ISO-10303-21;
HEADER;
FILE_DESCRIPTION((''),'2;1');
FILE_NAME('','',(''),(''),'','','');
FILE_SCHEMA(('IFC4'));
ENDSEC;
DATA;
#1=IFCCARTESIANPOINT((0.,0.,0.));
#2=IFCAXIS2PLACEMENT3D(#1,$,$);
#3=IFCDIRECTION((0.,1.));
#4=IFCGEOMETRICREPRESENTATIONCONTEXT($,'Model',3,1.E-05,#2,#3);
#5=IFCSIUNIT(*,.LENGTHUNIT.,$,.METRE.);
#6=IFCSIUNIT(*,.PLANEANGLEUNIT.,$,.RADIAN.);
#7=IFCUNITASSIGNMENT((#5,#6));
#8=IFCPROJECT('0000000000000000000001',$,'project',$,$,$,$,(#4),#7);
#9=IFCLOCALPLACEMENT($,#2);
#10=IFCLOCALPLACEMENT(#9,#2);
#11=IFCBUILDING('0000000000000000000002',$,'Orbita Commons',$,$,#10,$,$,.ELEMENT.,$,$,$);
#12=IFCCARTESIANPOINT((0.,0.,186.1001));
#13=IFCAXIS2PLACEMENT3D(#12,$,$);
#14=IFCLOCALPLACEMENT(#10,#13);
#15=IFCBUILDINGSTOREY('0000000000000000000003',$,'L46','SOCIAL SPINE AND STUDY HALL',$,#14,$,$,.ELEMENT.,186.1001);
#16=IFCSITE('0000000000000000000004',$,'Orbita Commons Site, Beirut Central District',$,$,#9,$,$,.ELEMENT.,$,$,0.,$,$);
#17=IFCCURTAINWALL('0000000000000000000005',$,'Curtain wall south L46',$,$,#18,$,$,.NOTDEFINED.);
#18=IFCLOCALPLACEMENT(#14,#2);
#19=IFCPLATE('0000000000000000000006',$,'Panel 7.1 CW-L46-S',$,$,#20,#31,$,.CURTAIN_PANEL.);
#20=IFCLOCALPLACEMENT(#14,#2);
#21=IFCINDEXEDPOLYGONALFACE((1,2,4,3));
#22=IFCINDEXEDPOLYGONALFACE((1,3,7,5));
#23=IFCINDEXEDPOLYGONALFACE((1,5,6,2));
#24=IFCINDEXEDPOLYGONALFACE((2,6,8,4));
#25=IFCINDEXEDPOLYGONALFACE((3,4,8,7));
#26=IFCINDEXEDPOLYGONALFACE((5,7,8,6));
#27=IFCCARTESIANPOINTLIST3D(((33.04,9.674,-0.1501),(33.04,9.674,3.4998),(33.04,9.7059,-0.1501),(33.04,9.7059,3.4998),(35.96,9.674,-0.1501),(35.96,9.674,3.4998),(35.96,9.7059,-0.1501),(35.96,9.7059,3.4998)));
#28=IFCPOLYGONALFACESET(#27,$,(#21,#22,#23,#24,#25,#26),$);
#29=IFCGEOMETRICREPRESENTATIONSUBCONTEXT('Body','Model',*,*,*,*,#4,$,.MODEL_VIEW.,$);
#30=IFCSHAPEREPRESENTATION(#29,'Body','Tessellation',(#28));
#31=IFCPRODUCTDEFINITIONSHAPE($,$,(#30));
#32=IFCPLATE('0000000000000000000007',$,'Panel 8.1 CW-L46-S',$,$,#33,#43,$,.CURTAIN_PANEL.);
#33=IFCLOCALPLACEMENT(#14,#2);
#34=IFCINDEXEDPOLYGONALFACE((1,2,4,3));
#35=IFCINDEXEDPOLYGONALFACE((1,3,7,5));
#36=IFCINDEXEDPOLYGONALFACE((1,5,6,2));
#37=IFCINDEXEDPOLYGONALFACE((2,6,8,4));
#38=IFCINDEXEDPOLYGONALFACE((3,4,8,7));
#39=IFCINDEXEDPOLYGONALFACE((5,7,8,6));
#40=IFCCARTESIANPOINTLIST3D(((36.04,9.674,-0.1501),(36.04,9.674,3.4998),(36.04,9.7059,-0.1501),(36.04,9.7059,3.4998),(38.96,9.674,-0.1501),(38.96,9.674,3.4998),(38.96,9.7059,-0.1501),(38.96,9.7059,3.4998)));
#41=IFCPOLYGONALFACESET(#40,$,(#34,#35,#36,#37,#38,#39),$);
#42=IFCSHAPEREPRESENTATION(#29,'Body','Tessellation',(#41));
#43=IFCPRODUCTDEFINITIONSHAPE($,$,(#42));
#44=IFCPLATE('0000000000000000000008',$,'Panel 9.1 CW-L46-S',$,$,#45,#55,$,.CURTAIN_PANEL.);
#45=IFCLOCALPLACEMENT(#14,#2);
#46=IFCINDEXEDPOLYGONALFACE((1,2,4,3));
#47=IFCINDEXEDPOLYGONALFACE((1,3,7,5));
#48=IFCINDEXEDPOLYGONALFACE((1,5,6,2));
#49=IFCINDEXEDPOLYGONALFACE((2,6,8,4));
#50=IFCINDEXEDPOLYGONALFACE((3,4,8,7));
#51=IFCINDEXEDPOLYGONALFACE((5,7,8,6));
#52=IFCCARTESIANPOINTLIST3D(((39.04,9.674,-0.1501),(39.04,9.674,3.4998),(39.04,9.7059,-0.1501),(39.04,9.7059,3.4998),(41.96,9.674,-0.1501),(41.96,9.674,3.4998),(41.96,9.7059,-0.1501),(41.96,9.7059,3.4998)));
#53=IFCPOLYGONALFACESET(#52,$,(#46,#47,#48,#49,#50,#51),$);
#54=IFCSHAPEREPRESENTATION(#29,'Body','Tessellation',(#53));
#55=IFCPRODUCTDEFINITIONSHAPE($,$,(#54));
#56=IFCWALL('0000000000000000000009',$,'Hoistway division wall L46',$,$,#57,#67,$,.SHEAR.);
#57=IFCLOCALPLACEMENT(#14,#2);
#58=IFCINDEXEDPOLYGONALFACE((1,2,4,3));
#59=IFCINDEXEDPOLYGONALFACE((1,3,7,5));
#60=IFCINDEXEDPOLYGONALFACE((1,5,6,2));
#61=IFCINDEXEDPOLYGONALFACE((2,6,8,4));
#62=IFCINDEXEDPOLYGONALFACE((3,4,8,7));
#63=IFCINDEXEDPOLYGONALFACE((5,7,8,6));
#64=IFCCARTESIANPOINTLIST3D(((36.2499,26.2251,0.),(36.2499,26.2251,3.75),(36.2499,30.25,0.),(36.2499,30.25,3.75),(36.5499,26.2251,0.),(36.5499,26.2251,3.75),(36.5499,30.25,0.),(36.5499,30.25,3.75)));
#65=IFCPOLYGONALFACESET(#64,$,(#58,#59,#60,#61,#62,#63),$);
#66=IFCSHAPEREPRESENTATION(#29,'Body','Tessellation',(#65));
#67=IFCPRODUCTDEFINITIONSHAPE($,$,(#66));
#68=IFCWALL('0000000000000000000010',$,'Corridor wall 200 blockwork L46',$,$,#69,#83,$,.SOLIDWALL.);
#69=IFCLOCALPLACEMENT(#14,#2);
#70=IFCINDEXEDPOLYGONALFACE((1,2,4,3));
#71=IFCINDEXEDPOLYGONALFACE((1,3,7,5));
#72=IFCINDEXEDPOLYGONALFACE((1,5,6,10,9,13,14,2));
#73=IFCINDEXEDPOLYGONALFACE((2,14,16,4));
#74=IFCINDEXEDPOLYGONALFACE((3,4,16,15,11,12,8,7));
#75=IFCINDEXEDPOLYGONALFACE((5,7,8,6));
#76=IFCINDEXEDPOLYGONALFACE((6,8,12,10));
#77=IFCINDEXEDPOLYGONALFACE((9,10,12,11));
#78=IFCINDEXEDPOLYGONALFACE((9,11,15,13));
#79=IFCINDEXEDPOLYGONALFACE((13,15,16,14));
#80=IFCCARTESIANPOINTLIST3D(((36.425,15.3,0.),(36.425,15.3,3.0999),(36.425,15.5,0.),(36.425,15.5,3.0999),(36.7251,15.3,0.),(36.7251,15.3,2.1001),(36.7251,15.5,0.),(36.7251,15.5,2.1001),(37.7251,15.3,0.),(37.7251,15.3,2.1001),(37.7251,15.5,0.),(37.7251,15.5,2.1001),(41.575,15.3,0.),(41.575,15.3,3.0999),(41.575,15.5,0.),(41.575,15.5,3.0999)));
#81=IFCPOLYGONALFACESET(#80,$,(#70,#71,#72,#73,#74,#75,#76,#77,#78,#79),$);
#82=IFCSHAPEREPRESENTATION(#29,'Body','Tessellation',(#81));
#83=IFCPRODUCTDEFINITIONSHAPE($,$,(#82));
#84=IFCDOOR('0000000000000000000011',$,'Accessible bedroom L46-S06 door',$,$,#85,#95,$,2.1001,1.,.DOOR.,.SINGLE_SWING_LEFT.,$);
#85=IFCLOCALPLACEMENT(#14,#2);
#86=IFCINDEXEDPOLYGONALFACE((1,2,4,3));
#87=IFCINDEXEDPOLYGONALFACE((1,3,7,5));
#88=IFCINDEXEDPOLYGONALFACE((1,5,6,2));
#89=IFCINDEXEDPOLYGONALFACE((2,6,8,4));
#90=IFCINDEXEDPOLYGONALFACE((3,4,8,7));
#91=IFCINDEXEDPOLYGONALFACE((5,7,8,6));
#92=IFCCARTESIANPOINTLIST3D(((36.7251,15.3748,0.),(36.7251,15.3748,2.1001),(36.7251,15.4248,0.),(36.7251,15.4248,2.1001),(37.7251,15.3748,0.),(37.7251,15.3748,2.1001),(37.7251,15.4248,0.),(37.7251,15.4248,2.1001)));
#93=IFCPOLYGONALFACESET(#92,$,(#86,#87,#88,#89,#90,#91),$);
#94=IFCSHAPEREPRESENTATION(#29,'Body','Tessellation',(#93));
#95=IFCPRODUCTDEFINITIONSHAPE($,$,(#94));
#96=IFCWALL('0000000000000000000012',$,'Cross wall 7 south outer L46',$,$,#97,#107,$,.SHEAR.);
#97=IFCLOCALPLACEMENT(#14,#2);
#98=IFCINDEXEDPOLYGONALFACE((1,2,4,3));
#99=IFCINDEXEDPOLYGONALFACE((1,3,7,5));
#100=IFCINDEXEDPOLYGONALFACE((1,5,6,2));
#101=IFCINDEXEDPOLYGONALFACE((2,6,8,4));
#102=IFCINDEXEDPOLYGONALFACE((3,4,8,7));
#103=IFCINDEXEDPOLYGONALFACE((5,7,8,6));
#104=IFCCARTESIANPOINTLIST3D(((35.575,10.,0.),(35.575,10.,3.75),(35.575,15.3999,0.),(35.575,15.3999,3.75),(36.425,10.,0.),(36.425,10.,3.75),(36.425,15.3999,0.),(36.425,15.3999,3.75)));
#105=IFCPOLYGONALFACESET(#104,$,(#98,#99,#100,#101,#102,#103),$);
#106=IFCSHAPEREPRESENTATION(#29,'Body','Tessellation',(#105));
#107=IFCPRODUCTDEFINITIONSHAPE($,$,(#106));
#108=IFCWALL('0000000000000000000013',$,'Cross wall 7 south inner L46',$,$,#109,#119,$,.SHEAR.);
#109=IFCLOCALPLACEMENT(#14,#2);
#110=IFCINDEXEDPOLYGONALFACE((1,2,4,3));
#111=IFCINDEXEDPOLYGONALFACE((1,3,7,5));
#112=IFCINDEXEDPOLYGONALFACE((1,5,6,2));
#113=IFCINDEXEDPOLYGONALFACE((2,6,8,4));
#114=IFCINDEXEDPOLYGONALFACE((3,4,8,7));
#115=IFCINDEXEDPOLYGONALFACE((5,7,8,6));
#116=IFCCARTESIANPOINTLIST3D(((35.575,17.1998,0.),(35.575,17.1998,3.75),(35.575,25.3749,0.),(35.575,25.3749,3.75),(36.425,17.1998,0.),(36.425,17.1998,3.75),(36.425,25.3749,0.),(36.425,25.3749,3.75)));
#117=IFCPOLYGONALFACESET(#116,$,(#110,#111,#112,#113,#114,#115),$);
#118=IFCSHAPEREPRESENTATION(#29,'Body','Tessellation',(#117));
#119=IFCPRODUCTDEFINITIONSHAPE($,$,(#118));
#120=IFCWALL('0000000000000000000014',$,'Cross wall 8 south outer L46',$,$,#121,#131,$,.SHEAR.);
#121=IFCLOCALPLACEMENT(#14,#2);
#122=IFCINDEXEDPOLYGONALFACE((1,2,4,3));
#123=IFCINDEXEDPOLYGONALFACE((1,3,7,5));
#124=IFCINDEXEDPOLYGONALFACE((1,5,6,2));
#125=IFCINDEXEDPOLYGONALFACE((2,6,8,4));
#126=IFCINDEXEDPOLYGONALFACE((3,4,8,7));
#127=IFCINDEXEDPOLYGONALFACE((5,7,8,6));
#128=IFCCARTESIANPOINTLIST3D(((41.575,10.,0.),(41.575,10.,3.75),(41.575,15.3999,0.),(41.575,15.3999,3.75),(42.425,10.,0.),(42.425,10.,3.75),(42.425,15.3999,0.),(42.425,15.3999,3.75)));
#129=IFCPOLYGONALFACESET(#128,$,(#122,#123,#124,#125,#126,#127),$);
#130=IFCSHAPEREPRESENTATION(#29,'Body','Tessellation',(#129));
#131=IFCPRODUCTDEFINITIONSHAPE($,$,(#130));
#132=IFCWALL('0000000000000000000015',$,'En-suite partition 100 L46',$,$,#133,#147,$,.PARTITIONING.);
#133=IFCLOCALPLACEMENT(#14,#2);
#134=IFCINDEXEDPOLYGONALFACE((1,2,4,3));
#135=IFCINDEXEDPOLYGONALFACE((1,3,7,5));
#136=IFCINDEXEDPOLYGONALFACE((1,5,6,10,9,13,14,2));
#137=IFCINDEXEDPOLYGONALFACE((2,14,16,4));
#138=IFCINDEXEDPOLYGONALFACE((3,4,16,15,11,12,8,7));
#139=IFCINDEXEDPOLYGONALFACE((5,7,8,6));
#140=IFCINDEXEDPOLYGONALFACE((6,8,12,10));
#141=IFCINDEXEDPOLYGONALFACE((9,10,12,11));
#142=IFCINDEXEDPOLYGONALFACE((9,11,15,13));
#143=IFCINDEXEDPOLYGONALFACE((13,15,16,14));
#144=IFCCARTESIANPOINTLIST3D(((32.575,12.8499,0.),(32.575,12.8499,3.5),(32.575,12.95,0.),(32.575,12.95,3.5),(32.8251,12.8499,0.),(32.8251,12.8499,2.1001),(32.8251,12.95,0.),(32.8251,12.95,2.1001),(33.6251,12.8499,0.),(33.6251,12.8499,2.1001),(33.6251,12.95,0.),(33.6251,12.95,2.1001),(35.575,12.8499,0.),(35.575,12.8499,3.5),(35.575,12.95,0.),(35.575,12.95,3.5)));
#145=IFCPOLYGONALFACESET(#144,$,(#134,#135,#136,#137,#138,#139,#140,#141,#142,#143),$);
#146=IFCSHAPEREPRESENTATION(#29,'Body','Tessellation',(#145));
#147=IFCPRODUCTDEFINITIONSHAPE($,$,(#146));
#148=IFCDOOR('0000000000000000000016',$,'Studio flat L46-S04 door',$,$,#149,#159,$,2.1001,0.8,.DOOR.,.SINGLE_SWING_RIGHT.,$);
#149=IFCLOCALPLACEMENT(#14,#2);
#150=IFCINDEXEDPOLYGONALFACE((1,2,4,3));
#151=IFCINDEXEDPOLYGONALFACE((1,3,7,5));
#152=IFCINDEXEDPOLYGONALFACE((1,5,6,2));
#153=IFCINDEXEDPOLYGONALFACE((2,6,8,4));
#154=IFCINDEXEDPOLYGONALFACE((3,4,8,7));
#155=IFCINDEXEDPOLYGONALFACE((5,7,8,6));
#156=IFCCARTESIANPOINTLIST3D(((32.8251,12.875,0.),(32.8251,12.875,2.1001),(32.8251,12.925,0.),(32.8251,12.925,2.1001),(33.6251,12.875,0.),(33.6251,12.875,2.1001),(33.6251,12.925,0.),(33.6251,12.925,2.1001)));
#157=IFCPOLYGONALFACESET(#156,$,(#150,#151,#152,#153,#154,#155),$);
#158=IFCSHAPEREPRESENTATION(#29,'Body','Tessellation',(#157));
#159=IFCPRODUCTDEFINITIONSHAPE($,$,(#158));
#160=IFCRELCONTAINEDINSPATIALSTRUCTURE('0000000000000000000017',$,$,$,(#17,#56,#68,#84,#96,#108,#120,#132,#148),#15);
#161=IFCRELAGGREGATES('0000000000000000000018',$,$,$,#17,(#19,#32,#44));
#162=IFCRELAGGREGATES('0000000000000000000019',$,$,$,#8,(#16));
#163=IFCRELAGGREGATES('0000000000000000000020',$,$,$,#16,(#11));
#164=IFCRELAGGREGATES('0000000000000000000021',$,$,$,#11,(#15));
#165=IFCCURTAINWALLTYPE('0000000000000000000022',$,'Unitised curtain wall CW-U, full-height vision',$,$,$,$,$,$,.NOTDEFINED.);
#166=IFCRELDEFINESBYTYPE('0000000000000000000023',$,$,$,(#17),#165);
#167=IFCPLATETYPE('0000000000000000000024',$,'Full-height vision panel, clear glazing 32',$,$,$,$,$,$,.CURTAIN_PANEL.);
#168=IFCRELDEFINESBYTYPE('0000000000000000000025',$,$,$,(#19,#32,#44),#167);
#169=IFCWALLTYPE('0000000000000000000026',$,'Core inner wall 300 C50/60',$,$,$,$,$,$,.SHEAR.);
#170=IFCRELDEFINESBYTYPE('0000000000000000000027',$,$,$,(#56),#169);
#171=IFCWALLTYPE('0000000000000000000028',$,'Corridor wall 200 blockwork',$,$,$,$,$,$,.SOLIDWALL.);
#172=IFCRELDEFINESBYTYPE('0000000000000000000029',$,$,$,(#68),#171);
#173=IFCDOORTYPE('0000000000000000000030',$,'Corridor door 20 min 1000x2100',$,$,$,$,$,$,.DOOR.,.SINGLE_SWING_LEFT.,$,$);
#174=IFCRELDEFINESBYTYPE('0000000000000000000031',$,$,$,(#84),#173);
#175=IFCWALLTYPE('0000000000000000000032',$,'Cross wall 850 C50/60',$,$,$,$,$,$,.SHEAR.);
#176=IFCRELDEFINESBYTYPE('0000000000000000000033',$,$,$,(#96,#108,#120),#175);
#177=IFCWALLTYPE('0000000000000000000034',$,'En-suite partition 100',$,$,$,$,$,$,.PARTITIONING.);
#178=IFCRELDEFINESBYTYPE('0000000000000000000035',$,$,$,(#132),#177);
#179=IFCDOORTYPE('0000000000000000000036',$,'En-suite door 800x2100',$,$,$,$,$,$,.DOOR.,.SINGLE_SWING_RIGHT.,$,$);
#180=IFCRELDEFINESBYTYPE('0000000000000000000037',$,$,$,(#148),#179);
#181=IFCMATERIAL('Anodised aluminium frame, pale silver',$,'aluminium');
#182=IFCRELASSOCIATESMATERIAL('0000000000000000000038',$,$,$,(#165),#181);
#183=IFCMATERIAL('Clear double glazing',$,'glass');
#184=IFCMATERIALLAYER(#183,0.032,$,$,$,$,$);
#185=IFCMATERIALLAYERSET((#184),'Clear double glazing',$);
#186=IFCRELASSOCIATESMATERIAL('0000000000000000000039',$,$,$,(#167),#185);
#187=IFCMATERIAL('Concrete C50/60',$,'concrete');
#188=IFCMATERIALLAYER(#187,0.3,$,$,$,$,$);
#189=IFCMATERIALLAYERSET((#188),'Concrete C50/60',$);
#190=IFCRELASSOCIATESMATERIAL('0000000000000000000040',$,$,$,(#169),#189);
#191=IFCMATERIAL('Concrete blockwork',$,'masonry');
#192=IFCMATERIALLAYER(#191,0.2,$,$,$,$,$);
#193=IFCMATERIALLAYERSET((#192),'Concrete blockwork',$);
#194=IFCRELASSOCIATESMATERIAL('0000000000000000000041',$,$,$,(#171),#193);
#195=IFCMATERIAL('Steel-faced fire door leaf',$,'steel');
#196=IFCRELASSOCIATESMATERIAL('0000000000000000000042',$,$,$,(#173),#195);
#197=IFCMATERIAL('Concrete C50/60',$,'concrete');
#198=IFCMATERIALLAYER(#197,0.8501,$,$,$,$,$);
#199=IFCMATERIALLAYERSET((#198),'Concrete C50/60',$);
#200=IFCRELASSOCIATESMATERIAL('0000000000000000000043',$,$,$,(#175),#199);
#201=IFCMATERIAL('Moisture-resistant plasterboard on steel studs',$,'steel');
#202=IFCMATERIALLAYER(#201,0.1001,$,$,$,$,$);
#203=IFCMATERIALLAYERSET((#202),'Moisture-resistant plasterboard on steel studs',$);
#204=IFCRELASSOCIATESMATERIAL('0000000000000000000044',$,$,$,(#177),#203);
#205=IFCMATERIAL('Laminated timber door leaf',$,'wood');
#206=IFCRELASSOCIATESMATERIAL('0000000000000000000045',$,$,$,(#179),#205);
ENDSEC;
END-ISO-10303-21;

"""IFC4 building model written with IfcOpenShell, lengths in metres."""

from ifc_helpers import new_model, si_unit, direction, frame, frame_2d, origin, origin_2d, place, context, subcontext, project, spatial, polyline, rectangle, outline, extrude, material, layer, layer_set, type_object, element, fill, aggregate, save


model = new_model("IFC4")

# Units and contexts
model_context = context("Model", 3, precision=1e-05, world=origin(), true_north=direction((0.0, 1.0)))
body_context = subcontext(model_context, "Body", "Model", "MODEL_VIEW")
ifc_project = project(units=[si_unit("LENGTHUNIT", "METRE"), si_unit("PLANEANGLEUNIT", "RADIAN")], contexts=[model_context])

# Site, building, storey
site_placement = place(None, origin())
site = spatial("IfcSite", under=ifc_project, at=site_placement, Name="Orbita Commons Site, Beirut Central District", CompositionType="ELEMENT", RefElevation=0.0)
building_placement = place(site_placement, origin())
building = spatial("IfcBuilding", under=site, at=building_placement, Name="Orbita Commons", CompositionType="ELEMENT")
storey_placement = place(building_placement, frame((0.0, 0.0, 186.1001)))
storey = spatial("IfcBuildingStorey", under=building, at=storey_placement, Name="L46", Description="SOCIAL SPINE AND STUDY HALL", CompositionType="ELEMENT", Elevation=186.1001)

# Curtain wall
ifc_material_1 = material(Name="Anodised aluminium frame, pale silver", Category="aluminium")
curtain_wall_type = type_object("IfcCurtainWallType", Name="Unitised curtain wall CW-U, full-height vision", PredefinedType="NOTDEFINED", material=ifc_material_1)
curtain_wall_placement = place(storey_placement, origin())
curtain_wall = element("IfcCurtainWall", 1, at=curtain_wall_placement, inside=storey, type_object=curtain_wall_type, Name="Curtain wall south L46", PredefinedType="NOTDEFINED")

# Plates
ifc_material_2 = material(Name="Clear double glazing", Category="glass")
ifc_layer_1 = layer(ifc_material_2, 0.032)
ifc_layer_set_1 = layer_set([ifc_layer_1], Name="Clear double glazing")
plate_type = type_object("IfcPlateType", Name="Full-height vision panel, clear glazing 32", PredefinedType="CURTAIN_PANEL", material=ifc_layer_set_1)
plate_1_placement = place(storey_placement, frame((34.5, 9.6899, -0.1501), z_axis=(0.0, 0.0, 1.0), x_axis=(1.0, 0.0, 0.0)))
plate_1 = element("IfcPlate", 2, at=plate_1_placement, type_object=plate_type, Name="Panel 7.1 CW-L46-S", PredefinedType="CURTAIN_PANEL", context=body_context, shape_type="SweptSolid", body=[
    extrude(rectangle(XDim=2.9199, YDim=0.032, at=origin_2d()), origin(), (0.0, 0.0, 1.0), 3.6499),
])
plate_2_placement = place(storey_placement, frame((37.5, 9.6899, -0.1501), z_axis=(0.0, 0.0, 1.0), x_axis=(1.0, 0.0, 0.0)))
plate_2 = element("IfcPlate", 3, at=plate_2_placement, type_object=plate_type, Name="Panel 8.1 CW-L46-S", PredefinedType="CURTAIN_PANEL", context=body_context, shape_type="SweptSolid", body=[
    extrude(rectangle(XDim=2.9199, YDim=0.032, at=origin_2d()), origin(), (0.0, 0.0, 1.0), 3.6499),
])
plate_3_placement = place(storey_placement, frame((40.5, 9.6899, -0.1501), z_axis=(0.0, 0.0, 1.0), x_axis=(1.0, 0.0, 0.0)))
plate_3 = element("IfcPlate", 4, at=plate_3_placement, type_object=plate_type, Name="Panel 9.1 CW-L46-S", PredefinedType="CURTAIN_PANEL", context=body_context, shape_type="SweptSolid", body=[
    extrude(rectangle(XDim=2.9199, YDim=0.032, at=origin_2d()), origin(), (0.0, 0.0, 1.0), 3.6499),
])
aggregate(curtain_wall, [plate_1, plate_2, plate_3])

# Wall
ifc_material_3 = material(Name="Concrete C50/60", Category="concrete")
ifc_layer_2 = layer(ifc_material_3, 0.3)
ifc_layer_set_2 = layer_set([ifc_layer_2], Name="Concrete C50/60")
wall_type_1 = type_object("IfcWallType", Name="Core inner wall 300 C50/60", PredefinedType="SHEAR", material=ifc_layer_set_2)
wall_1_placement = place(storey_placement, frame((36.3999, 26.2251, 0.0), z_axis=(0.0, 0.0, 1.0), x_axis=(0.0, 1.0, 0.0)))
element("IfcWall", 5, at=wall_1_placement, inside=storey, type_object=wall_type_1, Name="Hoistway division wall L46", PredefinedType="SHEAR", context=body_context, shape_type="SweptSolid", body=[
    extrude(rectangle(XDim=4.0249, YDim=0.3, at=frame_2d((2.0125, 0.0))), origin(), (0.0, 0.0, 1.0), 3.75),
])

# Wall, opening, door
ifc_material_4 = material(Name="Concrete blockwork", Category="masonry")
ifc_layer_3 = layer(ifc_material_4, 0.2)
ifc_layer_set_3 = layer_set([ifc_layer_3], Name="Concrete blockwork")
wall_type_2 = type_object("IfcWallType", Name="Corridor wall 200 blockwork", PredefinedType="SOLIDWALL", material=ifc_layer_set_3)
wall_2_placement = place(storey_placement, frame((36.425, 15.3999, 0.0), z_axis=(0.0, 0.0, 1.0), x_axis=(1.0, 0.0, 0.0)))
wall_2 = element("IfcWall", 6, at=wall_2_placement, inside=storey, type_object=wall_type_2, Name="Corridor wall 200 blockwork L46", PredefinedType="SOLIDWALL", context=body_context, shape_type="SweptSolid", body=[
    extrude(outline(polyline([(0.0, 0.0), (5.1499, 0.0), (5.1499, 3.0999), (0.0, 3.0999), (0.0, 0.0)])), frame((0.0, 0.1001, 0.0), z_axis=(0.0, -1.0, 0.0), x_axis=(1.0, 0.0, 0.0)), (0.0, 0.0, 1.0), 0.2),
])
opening_1_placement = place(wall_2_placement, frame((0.3, 0.0, 0.0)))
opening_1 = element("IfcOpeningElement", 7, at=opening_1_placement, cuts=wall_2, PredefinedType="OPENING", context=body_context, shape_type="SweptSolid", body=[
    extrude(rectangle(XDim=1.0, YDim=2.1001, at=frame_2d((0.5, 1.05))), frame((0.0, 0.1099, 0.0), z_axis=(0.0, -1.0, 0.0), x_axis=(1.0, 0.0, 0.0)), (0.0, 0.0, 1.0), 0.22),
])
ifc_material_5 = material(Name="Steel-faced fire door leaf", Category="steel")
door_type_1 = type_object("IfcDoorType", Name="Corridor door 20 min 1000x2100", OperationType="SINGLE_SWING_LEFT", PredefinedType="DOOR", material=ifc_material_5)
door_1_placement = place(opening_1_placement, origin())
door_1 = element("IfcDoor", 8, at=door_1_placement, inside=storey, type_object=door_type_1, Name="Accessible bedroom L46-S06 door", OperationType="SINGLE_SWING_LEFT", OverallHeight=2.1001, OverallWidth=1.0, PredefinedType="DOOR", context=body_context, shape_type="SweptSolid", body=[
    extrude(rectangle(XDim=1.0, YDim=2.1001, at=frame_2d((0.5, 1.05))), frame((0.0, 0.0249, 0.0), z_axis=(0.0, -1.0, 0.0), x_axis=(1.0, 0.0, 0.0)), (0.0, 0.0, 1.0), 0.05),
])
fill(opening_1, door_1)

# Walls
ifc_material_6 = material(Name="Concrete C50/60", Category="concrete")
ifc_layer_4 = layer(ifc_material_6, 0.8501)
ifc_layer_set_4 = layer_set([ifc_layer_4], Name="Concrete C50/60")
wall_type_3 = type_object("IfcWallType", Name="Cross wall 850 C50/60", PredefinedType="SHEAR", material=ifc_layer_set_4)
wall_3_placement = place(storey_placement, frame((36.0, 10.0, 0.0), z_axis=(0.0, 0.0, 1.0), x_axis=(0.0, 1.0, 0.0)))
element("IfcWall", 9, at=wall_3_placement, inside=storey, type_object=wall_type_3, Name="Cross wall 7 south outer L46", PredefinedType="SHEAR", context=body_context, shape_type="SweptSolid", body=[
    extrude(rectangle(XDim=5.3999, YDim=0.8501, at=frame_2d((2.7, 0.0))), origin(), (0.0, 0.0, 1.0), 3.75),
])
wall_4_placement = place(storey_placement, frame((36.0, 17.2, 0.0), z_axis=(0.0, 0.0, 1.0), x_axis=(0.0, 1.0, 0.0)))
element("IfcWall", 10, at=wall_4_placement, inside=storey, type_object=wall_type_3, Name="Cross wall 7 south inner L46", PredefinedType="SHEAR", context=body_context, shape_type="SweptSolid", body=[
    extrude(rectangle(XDim=8.175, YDim=0.8501, at=frame_2d((4.0874, 0.0))), origin(), (0.0, 0.0, 1.0), 3.75),
])
wall_5_placement = place(storey_placement, frame((42.0, 10.0, 0.0), z_axis=(0.0, 0.0, 1.0), x_axis=(0.0, 1.0, 0.0)))
element("IfcWall", 11, at=wall_5_placement, inside=storey, type_object=wall_type_3, Name="Cross wall 8 south outer L46", PredefinedType="SHEAR", context=body_context, shape_type="SweptSolid", body=[
    extrude(rectangle(XDim=5.3999, YDim=0.8501, at=frame_2d((2.7, 0.0))), origin(), (0.0, 0.0, 1.0), 3.75),
])

# Wall, opening, door
ifc_material_7 = material(Name="Moisture-resistant plasterboard on steel studs", Category="steel")
ifc_layer_5 = layer(ifc_material_7, 0.1001)
ifc_layer_set_5 = layer_set([ifc_layer_5], Name="Moisture-resistant plasterboard on steel studs")
wall_type_4 = type_object("IfcWallType", Name="En-suite partition 100", PredefinedType="PARTITIONING", material=ifc_layer_set_5)
wall_6_placement = place(storey_placement, frame((35.575, 12.8999, 0.0), z_axis=(0.0, 0.0, 1.0), x_axis=(-1.0, 0.0, 0.0)))
wall_6 = element("IfcWall", 12, at=wall_6_placement, inside=storey, type_object=wall_type_4, Name="En-suite partition 100 L46", PredefinedType="PARTITIONING", context=body_context, shape_type="SweptSolid", body=[
    extrude(rectangle(XDim=3.0, YDim=0.1001, at=frame_2d((1.5, 0.0))), origin(), (0.0, 0.0, 1.0), 3.5),
])
opening_2_placement = place(wall_6_placement, frame((1.95, 0.0, 0.0)))
opening_2 = element("IfcOpeningElement", 13, at=opening_2_placement, cuts=wall_6, PredefinedType="OPENING", context=body_context, shape_type="SweptSolid", body=[
    extrude(rectangle(XDim=0.8, YDim=2.1001, at=frame_2d((0.3999, 1.05))), frame((0.0, 0.0601, 0.0), z_axis=(0.0, -1.0, 0.0), x_axis=(1.0, 0.0, 0.0)), (0.0, 0.0, 1.0), 0.1201),
])
ifc_material_8 = material(Name="Laminated timber door leaf", Category="wood")
door_type_2 = type_object("IfcDoorType", Name="En-suite door 800x2100", OperationType="SINGLE_SWING_RIGHT", PredefinedType="DOOR", material=ifc_material_8)
door_2_placement = place(opening_2_placement, origin())
door_2 = element("IfcDoor", 14, at=door_2_placement, inside=storey, type_object=door_type_2, Name="Studio flat L46-S04 door", OperationType="SINGLE_SWING_RIGHT", OverallHeight=2.1001, OverallWidth=0.8, PredefinedType="DOOR", context=body_context, shape_type="SweptSolid", body=[
    extrude(rectangle(XDim=0.8, YDim=2.1001, at=frame_2d((0.3999, 1.05))), frame((0.0, 0.0249, 0.0), z_axis=(0.0, -1.0, 0.0), x_axis=(1.0, 0.0, 0.0)), (0.0, 0.0, 1.0), 0.05),
])
fill(opening_2, door_2)

save(model, "model.ifc")
